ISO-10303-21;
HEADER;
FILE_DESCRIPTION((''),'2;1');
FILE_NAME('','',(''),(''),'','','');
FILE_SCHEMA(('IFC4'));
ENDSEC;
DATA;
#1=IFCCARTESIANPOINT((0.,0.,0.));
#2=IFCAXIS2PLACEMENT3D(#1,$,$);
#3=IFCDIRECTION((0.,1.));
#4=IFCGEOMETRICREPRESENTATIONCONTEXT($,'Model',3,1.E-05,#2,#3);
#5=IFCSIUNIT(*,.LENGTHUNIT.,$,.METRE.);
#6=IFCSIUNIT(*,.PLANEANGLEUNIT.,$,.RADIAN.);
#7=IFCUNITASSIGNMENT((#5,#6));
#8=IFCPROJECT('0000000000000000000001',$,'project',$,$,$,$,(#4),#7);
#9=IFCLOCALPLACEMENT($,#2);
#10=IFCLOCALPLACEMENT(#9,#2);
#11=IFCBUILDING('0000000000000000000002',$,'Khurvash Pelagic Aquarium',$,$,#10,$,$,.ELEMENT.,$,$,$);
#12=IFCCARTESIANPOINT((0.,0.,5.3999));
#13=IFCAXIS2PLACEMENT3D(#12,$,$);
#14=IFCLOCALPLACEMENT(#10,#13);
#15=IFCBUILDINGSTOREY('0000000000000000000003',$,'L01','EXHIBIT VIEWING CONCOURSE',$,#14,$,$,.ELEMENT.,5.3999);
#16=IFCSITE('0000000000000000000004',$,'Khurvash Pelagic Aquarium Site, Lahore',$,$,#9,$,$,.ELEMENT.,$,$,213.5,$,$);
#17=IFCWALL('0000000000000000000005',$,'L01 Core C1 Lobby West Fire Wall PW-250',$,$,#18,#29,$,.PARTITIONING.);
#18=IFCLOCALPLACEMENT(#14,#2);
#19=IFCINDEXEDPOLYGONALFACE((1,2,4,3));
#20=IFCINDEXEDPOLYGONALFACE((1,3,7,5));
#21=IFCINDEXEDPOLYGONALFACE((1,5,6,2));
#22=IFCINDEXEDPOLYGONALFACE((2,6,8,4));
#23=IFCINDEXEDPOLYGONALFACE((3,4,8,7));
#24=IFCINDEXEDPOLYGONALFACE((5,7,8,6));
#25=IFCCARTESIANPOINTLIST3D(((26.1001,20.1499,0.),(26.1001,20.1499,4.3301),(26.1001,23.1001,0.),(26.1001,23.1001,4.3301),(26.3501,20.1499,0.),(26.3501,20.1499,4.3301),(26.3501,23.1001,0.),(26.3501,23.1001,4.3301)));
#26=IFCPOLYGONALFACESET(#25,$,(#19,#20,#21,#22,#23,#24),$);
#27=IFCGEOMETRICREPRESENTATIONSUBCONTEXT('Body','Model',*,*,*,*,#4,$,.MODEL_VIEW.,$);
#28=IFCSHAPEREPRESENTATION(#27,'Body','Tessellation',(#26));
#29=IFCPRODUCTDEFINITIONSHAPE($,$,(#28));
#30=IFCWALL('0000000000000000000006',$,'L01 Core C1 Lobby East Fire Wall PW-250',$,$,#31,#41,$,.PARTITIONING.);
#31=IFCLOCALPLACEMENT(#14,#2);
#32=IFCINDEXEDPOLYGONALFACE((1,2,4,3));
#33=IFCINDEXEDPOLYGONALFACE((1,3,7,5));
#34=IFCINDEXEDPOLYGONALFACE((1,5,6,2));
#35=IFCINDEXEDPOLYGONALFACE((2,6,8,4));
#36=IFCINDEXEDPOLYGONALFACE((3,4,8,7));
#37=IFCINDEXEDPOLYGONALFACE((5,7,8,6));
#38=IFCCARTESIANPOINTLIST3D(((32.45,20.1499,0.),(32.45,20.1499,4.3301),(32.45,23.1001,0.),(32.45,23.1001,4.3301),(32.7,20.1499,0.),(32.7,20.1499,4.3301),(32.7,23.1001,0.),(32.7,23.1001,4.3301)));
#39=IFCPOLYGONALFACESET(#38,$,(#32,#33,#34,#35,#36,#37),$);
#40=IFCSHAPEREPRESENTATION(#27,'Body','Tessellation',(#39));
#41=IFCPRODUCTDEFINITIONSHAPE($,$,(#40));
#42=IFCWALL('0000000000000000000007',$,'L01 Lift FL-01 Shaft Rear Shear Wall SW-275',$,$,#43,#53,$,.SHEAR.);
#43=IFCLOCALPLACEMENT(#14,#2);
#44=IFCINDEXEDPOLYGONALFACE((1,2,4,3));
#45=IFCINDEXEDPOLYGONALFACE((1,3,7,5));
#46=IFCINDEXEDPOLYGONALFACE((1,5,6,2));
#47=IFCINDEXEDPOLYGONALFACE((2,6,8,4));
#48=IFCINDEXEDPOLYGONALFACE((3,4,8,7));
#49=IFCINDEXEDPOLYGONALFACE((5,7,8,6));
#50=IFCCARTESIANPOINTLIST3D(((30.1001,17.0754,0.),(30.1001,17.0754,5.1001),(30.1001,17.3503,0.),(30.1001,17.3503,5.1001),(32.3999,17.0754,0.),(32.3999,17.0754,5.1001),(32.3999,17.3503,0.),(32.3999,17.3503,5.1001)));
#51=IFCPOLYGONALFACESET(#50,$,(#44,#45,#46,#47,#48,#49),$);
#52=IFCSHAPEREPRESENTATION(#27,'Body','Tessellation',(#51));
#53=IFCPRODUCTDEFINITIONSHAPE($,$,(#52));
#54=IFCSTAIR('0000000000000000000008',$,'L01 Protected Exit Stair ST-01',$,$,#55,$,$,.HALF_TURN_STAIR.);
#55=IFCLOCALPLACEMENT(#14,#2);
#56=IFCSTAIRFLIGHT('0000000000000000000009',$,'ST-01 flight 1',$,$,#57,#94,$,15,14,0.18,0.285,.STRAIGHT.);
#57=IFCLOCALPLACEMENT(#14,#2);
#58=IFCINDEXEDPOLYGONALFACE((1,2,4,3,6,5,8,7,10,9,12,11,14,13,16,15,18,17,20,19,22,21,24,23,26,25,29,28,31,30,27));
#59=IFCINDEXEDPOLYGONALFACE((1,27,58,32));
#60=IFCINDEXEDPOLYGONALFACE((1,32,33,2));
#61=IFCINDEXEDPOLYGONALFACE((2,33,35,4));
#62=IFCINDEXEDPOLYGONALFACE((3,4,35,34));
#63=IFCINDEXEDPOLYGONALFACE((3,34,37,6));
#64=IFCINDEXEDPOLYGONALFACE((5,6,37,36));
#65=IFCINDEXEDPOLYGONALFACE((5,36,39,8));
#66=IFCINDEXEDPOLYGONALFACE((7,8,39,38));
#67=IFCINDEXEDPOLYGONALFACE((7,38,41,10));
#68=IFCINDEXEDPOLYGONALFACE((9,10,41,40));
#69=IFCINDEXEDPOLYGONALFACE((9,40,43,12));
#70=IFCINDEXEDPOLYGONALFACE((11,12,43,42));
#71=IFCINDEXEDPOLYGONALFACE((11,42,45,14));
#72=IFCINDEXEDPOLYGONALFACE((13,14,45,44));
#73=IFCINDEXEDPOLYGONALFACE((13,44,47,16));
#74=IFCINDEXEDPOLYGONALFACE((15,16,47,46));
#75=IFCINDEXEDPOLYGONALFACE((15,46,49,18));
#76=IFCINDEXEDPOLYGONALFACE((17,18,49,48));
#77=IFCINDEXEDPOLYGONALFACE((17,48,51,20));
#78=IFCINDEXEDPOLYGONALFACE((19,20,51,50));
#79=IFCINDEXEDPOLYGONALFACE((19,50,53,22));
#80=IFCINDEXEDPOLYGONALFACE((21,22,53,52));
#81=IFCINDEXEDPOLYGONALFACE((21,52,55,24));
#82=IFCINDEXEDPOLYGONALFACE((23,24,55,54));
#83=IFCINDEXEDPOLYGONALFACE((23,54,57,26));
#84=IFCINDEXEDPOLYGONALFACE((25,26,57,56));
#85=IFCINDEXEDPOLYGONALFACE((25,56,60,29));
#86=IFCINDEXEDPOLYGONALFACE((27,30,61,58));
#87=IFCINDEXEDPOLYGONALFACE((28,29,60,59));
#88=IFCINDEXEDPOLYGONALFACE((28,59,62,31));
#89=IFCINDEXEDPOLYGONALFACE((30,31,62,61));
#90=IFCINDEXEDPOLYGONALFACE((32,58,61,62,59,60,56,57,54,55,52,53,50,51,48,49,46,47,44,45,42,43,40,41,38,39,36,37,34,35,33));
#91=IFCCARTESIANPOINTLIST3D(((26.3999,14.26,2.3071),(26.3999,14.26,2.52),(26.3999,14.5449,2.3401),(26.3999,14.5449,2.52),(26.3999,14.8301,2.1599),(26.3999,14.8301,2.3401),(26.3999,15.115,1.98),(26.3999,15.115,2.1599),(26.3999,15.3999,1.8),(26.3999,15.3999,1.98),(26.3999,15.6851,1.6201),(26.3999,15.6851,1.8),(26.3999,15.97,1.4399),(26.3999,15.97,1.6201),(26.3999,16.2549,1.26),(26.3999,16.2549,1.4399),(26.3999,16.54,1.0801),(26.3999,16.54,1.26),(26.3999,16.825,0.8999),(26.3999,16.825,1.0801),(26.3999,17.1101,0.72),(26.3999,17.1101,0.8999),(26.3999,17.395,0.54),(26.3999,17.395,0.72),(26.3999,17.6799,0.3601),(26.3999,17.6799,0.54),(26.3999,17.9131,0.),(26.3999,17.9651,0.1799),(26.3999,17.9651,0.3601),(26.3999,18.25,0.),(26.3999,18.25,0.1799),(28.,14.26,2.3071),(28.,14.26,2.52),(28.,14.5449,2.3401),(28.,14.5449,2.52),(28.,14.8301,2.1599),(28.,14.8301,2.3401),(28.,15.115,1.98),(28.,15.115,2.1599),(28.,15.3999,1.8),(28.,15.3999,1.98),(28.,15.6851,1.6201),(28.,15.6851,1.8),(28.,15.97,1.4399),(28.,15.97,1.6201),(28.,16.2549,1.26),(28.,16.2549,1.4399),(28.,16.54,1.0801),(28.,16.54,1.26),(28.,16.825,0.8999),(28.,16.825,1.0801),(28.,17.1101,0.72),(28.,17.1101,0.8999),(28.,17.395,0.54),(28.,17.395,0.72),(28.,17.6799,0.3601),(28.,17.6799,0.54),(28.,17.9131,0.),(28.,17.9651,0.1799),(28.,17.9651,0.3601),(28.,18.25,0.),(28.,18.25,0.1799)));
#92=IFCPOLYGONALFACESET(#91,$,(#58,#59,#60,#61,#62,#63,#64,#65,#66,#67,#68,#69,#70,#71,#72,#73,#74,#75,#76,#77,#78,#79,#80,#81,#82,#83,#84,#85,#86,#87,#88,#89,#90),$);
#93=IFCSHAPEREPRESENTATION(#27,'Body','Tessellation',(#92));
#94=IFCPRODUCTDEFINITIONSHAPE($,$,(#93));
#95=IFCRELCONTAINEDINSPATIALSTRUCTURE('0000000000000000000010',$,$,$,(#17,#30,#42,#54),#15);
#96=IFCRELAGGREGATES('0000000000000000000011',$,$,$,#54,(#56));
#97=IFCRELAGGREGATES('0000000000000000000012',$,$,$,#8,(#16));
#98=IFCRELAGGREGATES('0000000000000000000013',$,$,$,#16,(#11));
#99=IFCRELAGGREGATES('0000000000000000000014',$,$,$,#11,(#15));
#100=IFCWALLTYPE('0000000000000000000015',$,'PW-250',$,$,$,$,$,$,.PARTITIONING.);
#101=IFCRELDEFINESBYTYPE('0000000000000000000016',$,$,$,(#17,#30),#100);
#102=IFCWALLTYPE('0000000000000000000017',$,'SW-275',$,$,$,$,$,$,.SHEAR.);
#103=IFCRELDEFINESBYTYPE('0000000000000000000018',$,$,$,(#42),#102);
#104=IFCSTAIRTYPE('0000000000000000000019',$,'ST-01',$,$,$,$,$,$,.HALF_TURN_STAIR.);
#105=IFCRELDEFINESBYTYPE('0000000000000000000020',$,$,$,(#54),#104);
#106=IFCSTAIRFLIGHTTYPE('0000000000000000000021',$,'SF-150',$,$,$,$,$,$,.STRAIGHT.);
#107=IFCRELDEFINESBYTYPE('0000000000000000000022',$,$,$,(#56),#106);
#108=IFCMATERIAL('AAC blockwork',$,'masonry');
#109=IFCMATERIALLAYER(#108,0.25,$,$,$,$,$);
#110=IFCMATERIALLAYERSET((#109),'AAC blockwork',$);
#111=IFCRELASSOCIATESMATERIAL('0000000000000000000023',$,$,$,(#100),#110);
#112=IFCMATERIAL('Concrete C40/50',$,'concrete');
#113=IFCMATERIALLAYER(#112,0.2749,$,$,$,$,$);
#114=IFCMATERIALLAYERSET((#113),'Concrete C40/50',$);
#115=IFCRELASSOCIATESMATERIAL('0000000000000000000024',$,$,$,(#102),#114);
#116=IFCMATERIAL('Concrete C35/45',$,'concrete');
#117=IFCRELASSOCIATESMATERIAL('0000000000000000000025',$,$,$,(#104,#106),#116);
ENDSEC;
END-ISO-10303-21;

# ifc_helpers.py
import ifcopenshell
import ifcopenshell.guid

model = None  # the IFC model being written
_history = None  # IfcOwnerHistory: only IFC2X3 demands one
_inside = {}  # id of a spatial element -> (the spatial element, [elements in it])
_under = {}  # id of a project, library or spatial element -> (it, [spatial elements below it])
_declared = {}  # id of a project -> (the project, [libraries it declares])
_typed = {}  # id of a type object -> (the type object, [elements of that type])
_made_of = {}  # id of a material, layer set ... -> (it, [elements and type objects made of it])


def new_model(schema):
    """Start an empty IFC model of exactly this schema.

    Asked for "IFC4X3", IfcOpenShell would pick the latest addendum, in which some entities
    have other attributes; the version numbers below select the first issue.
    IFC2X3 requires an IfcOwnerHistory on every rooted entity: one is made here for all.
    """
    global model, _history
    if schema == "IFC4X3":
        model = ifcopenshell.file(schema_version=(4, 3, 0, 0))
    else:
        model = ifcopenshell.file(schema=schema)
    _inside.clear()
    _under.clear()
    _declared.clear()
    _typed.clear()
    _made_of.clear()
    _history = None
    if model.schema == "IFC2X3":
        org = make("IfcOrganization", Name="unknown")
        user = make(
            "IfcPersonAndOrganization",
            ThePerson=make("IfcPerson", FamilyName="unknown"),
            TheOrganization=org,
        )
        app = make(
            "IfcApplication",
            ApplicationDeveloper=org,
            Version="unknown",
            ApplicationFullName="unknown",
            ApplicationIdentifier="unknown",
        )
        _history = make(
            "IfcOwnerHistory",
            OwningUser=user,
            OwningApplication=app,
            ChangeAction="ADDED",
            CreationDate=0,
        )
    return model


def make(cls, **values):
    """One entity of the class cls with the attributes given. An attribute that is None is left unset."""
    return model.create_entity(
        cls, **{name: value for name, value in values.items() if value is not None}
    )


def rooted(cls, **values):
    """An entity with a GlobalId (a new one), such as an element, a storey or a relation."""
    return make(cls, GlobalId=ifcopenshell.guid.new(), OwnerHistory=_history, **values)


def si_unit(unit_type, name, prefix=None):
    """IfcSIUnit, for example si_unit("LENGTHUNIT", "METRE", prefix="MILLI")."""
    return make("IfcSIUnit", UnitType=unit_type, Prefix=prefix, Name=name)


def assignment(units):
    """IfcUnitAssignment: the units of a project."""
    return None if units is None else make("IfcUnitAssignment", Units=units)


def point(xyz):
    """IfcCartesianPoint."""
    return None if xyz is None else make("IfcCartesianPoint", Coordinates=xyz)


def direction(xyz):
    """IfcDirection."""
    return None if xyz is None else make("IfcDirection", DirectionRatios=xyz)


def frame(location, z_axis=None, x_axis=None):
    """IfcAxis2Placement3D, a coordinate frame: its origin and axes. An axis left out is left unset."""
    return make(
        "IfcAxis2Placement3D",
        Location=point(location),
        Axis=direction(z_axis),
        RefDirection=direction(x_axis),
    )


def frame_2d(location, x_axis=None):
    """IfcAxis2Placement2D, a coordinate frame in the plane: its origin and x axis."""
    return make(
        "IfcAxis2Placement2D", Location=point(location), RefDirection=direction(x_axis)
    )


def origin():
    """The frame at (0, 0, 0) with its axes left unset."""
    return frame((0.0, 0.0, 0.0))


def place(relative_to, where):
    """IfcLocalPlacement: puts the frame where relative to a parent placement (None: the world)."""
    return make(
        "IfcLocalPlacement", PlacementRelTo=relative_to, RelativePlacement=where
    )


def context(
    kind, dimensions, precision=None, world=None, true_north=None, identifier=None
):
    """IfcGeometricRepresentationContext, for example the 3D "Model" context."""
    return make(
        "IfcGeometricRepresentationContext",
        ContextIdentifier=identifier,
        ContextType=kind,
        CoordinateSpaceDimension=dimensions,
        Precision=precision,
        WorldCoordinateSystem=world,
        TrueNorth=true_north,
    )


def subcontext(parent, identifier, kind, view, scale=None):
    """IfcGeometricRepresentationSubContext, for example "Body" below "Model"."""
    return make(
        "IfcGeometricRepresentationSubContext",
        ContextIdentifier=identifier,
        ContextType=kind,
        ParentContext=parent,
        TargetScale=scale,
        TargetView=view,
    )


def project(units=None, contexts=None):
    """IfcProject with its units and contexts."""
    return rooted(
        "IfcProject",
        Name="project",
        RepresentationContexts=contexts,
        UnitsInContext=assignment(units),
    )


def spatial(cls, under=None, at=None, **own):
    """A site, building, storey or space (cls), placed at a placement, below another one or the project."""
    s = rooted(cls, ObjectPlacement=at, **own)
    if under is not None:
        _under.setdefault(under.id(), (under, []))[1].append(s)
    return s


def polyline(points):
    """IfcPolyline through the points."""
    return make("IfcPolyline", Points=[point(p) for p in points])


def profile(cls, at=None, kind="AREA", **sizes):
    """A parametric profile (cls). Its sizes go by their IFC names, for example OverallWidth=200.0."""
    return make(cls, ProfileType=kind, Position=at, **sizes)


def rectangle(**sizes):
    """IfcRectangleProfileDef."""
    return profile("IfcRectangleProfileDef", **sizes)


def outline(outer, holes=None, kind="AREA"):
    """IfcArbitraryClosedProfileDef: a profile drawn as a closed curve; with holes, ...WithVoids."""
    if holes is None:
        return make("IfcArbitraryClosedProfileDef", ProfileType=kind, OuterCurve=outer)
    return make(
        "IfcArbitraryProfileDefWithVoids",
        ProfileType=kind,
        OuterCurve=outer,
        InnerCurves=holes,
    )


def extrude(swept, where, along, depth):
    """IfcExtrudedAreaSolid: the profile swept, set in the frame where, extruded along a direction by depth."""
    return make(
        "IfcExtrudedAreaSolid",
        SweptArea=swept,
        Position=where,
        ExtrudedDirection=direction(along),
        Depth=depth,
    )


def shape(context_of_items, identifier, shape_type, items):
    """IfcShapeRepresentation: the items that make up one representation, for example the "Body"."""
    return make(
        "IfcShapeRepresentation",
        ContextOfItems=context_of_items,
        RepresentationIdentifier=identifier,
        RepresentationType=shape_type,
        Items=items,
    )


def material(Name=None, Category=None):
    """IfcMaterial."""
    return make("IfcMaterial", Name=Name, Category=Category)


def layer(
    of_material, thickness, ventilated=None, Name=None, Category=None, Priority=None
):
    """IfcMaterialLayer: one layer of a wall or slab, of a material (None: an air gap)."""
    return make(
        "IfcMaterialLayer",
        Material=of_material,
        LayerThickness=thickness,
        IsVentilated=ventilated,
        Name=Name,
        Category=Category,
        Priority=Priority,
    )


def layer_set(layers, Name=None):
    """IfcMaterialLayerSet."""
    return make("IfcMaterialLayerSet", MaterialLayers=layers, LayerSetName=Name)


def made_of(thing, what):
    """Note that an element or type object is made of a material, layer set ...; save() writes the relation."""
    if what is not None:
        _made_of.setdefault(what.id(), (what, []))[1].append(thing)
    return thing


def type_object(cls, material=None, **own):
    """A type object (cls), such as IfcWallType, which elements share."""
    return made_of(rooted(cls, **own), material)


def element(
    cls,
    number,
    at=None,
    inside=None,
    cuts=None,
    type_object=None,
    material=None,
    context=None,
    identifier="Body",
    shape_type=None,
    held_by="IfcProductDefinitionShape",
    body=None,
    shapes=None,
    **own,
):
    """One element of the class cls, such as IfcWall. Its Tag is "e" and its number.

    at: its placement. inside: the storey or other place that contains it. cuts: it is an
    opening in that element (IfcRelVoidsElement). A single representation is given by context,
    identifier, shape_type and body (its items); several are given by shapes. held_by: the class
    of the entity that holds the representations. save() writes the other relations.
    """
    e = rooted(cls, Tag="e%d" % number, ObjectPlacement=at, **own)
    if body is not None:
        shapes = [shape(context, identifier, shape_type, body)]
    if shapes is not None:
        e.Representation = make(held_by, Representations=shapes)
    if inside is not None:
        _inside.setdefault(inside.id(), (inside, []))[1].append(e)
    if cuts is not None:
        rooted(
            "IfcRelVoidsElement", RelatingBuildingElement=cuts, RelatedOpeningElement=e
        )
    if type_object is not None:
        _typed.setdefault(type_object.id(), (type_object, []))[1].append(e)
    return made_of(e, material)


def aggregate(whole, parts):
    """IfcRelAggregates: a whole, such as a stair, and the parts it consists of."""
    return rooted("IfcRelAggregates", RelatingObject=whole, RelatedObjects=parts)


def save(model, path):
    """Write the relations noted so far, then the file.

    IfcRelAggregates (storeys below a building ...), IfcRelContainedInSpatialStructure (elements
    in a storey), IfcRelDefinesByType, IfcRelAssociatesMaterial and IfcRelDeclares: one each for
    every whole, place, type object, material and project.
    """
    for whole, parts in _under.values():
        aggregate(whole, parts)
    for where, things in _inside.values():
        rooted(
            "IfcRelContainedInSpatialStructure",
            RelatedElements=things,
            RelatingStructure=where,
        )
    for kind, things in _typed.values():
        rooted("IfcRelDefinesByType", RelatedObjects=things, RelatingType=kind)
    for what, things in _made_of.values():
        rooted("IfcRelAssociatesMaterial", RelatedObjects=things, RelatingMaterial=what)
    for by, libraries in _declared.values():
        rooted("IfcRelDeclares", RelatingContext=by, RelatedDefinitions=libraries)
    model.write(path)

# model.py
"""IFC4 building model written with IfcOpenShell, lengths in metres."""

from ifc_helpers import new_model, si_unit, direction, frame, frame_2d, origin, place, context, subcontext, project, spatial, polyline, rectangle, outline, extrude, material, layer, layer_set, type_object, element, aggregate, save


model = new_model("IFC4")

# Units and contexts
model_context = context("Model", 3, precision=1e-05, world=origin(), true_north=direction((0.0, 1.0)))
body_context = subcontext(model_context, "Body", "Model", "MODEL_VIEW")
ifc_project = project(units=[si_unit("LENGTHUNIT", "METRE"), si_unit("PLANEANGLEUNIT", "RADIAN")], contexts=[model_context])

# Site, building, storey
site_placement = place(None, origin())
site = spatial("IfcSite", under=ifc_project, at=site_placement, Name="Khurvash Pelagic Aquarium Site, Lahore", CompositionType="ELEMENT", RefElevation=213.5)
building_placement = place(site_placement, origin())
building = spatial("IfcBuilding", under=site, at=building_placement, Name="Khurvash Pelagic Aquarium", CompositionType="ELEMENT")
storey_placement = place(building_placement, frame((0.0, 0.0, 5.3999)))
storey = spatial("IfcBuildingStorey", under=building, at=storey_placement, Name="L01", Description="EXHIBIT VIEWING CONCOURSE", CompositionType="ELEMENT", Elevation=5.3999)

# Shared definitions
ifc_material_1 = material(Name="Concrete C40/50", Category="concrete")

# Shared definitions
ifc_material_2 = material(Name="Concrete C35/45", Category="concrete")

# Shared definitions
ifc_material_3 = material(Name="AAC blockwork", Category="masonry")
ifc_layer_1 = layer(ifc_material_3, 0.25)
ifc_layer_set_1 = layer_set([ifc_layer_1], Name="AAC blockwork")
wall_type_1 = type_object("IfcWallType", Name="PW-250", PredefinedType="PARTITIONING", material=ifc_layer_set_1)

# Walls
for number, where, z_axis, x_axis, name in (
    (1, (26.2251, 20.1499, 0.0), (0.0, 0.0, 1.0), (0.0, 1.0, 0.0), "L01 Core C1 Lobby West Fire Wall PW-250"),
    (2, (32.575, 20.1499, 0.0), (0.0, 0.0, 1.0), (0.0, 1.0, 0.0), "L01 Core C1 Lobby East Fire Wall PW-250"),
):
    element("IfcWall", number, at=place(storey_placement, frame(where, z_axis=z_axis, x_axis=x_axis)), inside=storey, type_object=wall_type_1, Name=name, PredefinedType="PARTITIONING", context=body_context, shape_type="SweptSolid", body=[
        extrude(rectangle(XDim=2.9502, YDim=0.25, at=frame_2d((1.4751, 0.0))), origin(), (0.0, 0.0, 1.0), 4.3301),
    ])
ifc_layer_2 = layer(ifc_material_1, 0.2749)
ifc_layer_set_2 = layer_set([ifc_layer_2], Name="Concrete C40/50")
wall_type_2 = type_object("IfcWallType", Name="SW-275", PredefinedType="SHEAR", material=ifc_layer_set_2)
wall_1_placement = place(storey_placement, frame((30.1001, 17.2129, 0.0), z_axis=(0.0, 0.0, 1.0), x_axis=(1.0, 0.0, 0.0)))
element("IfcWall", 3, at=wall_1_placement, inside=storey, type_object=wall_type_2, Name="L01 Lift FL-01 Shaft Rear Shear Wall SW-275", PredefinedType="SHEAR", context=body_context, shape_type="SweptSolid", body=[
    extrude(rectangle(XDim=2.2998, YDim=0.2749, at=frame_2d((1.1499, 0.0))), origin(), (0.0, 0.0, 1.0), 5.1001),
])

# Stair, stair flight
stair_type = type_object("IfcStairType", Name="ST-01", PredefinedType="HALF_TURN_STAIR", material=ifc_material_2)
stair_placement = place(storey_placement, origin())
stair = element("IfcStair", 4, at=stair_placement, inside=storey, type_object=stair_type, Name="L01 Protected Exit Stair ST-01", PredefinedType="HALF_TURN_STAIR")
stair_flight_type = type_object("IfcStairFlightType", Name="SF-150", PredefinedType="STRAIGHT", material=ifc_material_2)
stair_flight_placement = place(storey_placement, frame((27.2, 18.25, 0.0), z_axis=(0.0, 0.0, 1.0), x_axis=(0.0, -1.0, 0.0)))
stair_flight = element("IfcStairFlight", 5, at=stair_flight_placement, type_object=stair_flight_type, Name="ST-01 flight 1", NumberOfRisers=15, NumberOfTreads=14, PredefinedType="STRAIGHT", RiserHeight=0.18, TreadLength=0.285, context=body_context, shape_type="SweptSolid", body=[
    extrude(outline(polyline([(0.0, 0.0), (0.0, 0.1799), (0.2849, 0.1799), (0.2849, 0.3601), (0.5701, 0.3601), (0.5701, 0.54), (0.855, 0.54), (0.855, 0.72), (1.1399, 0.72), (1.1399, 0.8999), (1.425, 0.8999), (1.425, 1.0801), (1.71, 1.0801), (1.71, 1.26), (1.9951, 1.26), (1.9951, 1.4399), (2.28, 1.4399), (2.28, 1.6201), (2.5649, 1.6201), (2.5649, 1.8), (2.8501, 1.8), (2.8501, 1.98), (3.135, 1.98), (3.135, 2.1599), (3.4199, 2.1599), (3.4199, 2.3401), (3.7051, 2.3401), (3.7051, 2.52), (3.99, 2.52), (3.99, 2.7), (3.99, 2.3071), (0.3369, 0.0), (0.0, 0.0)])), frame((0.0, 0.8, 0.0), z_axis=(0.0, -1.0, 0.0), x_axis=(1.0, 0.0, 0.0)), (0.0, 0.0, 1.0), 1.6001),
])
aggregate(stair, [stair_flight])

save(model, "model.ifc")
